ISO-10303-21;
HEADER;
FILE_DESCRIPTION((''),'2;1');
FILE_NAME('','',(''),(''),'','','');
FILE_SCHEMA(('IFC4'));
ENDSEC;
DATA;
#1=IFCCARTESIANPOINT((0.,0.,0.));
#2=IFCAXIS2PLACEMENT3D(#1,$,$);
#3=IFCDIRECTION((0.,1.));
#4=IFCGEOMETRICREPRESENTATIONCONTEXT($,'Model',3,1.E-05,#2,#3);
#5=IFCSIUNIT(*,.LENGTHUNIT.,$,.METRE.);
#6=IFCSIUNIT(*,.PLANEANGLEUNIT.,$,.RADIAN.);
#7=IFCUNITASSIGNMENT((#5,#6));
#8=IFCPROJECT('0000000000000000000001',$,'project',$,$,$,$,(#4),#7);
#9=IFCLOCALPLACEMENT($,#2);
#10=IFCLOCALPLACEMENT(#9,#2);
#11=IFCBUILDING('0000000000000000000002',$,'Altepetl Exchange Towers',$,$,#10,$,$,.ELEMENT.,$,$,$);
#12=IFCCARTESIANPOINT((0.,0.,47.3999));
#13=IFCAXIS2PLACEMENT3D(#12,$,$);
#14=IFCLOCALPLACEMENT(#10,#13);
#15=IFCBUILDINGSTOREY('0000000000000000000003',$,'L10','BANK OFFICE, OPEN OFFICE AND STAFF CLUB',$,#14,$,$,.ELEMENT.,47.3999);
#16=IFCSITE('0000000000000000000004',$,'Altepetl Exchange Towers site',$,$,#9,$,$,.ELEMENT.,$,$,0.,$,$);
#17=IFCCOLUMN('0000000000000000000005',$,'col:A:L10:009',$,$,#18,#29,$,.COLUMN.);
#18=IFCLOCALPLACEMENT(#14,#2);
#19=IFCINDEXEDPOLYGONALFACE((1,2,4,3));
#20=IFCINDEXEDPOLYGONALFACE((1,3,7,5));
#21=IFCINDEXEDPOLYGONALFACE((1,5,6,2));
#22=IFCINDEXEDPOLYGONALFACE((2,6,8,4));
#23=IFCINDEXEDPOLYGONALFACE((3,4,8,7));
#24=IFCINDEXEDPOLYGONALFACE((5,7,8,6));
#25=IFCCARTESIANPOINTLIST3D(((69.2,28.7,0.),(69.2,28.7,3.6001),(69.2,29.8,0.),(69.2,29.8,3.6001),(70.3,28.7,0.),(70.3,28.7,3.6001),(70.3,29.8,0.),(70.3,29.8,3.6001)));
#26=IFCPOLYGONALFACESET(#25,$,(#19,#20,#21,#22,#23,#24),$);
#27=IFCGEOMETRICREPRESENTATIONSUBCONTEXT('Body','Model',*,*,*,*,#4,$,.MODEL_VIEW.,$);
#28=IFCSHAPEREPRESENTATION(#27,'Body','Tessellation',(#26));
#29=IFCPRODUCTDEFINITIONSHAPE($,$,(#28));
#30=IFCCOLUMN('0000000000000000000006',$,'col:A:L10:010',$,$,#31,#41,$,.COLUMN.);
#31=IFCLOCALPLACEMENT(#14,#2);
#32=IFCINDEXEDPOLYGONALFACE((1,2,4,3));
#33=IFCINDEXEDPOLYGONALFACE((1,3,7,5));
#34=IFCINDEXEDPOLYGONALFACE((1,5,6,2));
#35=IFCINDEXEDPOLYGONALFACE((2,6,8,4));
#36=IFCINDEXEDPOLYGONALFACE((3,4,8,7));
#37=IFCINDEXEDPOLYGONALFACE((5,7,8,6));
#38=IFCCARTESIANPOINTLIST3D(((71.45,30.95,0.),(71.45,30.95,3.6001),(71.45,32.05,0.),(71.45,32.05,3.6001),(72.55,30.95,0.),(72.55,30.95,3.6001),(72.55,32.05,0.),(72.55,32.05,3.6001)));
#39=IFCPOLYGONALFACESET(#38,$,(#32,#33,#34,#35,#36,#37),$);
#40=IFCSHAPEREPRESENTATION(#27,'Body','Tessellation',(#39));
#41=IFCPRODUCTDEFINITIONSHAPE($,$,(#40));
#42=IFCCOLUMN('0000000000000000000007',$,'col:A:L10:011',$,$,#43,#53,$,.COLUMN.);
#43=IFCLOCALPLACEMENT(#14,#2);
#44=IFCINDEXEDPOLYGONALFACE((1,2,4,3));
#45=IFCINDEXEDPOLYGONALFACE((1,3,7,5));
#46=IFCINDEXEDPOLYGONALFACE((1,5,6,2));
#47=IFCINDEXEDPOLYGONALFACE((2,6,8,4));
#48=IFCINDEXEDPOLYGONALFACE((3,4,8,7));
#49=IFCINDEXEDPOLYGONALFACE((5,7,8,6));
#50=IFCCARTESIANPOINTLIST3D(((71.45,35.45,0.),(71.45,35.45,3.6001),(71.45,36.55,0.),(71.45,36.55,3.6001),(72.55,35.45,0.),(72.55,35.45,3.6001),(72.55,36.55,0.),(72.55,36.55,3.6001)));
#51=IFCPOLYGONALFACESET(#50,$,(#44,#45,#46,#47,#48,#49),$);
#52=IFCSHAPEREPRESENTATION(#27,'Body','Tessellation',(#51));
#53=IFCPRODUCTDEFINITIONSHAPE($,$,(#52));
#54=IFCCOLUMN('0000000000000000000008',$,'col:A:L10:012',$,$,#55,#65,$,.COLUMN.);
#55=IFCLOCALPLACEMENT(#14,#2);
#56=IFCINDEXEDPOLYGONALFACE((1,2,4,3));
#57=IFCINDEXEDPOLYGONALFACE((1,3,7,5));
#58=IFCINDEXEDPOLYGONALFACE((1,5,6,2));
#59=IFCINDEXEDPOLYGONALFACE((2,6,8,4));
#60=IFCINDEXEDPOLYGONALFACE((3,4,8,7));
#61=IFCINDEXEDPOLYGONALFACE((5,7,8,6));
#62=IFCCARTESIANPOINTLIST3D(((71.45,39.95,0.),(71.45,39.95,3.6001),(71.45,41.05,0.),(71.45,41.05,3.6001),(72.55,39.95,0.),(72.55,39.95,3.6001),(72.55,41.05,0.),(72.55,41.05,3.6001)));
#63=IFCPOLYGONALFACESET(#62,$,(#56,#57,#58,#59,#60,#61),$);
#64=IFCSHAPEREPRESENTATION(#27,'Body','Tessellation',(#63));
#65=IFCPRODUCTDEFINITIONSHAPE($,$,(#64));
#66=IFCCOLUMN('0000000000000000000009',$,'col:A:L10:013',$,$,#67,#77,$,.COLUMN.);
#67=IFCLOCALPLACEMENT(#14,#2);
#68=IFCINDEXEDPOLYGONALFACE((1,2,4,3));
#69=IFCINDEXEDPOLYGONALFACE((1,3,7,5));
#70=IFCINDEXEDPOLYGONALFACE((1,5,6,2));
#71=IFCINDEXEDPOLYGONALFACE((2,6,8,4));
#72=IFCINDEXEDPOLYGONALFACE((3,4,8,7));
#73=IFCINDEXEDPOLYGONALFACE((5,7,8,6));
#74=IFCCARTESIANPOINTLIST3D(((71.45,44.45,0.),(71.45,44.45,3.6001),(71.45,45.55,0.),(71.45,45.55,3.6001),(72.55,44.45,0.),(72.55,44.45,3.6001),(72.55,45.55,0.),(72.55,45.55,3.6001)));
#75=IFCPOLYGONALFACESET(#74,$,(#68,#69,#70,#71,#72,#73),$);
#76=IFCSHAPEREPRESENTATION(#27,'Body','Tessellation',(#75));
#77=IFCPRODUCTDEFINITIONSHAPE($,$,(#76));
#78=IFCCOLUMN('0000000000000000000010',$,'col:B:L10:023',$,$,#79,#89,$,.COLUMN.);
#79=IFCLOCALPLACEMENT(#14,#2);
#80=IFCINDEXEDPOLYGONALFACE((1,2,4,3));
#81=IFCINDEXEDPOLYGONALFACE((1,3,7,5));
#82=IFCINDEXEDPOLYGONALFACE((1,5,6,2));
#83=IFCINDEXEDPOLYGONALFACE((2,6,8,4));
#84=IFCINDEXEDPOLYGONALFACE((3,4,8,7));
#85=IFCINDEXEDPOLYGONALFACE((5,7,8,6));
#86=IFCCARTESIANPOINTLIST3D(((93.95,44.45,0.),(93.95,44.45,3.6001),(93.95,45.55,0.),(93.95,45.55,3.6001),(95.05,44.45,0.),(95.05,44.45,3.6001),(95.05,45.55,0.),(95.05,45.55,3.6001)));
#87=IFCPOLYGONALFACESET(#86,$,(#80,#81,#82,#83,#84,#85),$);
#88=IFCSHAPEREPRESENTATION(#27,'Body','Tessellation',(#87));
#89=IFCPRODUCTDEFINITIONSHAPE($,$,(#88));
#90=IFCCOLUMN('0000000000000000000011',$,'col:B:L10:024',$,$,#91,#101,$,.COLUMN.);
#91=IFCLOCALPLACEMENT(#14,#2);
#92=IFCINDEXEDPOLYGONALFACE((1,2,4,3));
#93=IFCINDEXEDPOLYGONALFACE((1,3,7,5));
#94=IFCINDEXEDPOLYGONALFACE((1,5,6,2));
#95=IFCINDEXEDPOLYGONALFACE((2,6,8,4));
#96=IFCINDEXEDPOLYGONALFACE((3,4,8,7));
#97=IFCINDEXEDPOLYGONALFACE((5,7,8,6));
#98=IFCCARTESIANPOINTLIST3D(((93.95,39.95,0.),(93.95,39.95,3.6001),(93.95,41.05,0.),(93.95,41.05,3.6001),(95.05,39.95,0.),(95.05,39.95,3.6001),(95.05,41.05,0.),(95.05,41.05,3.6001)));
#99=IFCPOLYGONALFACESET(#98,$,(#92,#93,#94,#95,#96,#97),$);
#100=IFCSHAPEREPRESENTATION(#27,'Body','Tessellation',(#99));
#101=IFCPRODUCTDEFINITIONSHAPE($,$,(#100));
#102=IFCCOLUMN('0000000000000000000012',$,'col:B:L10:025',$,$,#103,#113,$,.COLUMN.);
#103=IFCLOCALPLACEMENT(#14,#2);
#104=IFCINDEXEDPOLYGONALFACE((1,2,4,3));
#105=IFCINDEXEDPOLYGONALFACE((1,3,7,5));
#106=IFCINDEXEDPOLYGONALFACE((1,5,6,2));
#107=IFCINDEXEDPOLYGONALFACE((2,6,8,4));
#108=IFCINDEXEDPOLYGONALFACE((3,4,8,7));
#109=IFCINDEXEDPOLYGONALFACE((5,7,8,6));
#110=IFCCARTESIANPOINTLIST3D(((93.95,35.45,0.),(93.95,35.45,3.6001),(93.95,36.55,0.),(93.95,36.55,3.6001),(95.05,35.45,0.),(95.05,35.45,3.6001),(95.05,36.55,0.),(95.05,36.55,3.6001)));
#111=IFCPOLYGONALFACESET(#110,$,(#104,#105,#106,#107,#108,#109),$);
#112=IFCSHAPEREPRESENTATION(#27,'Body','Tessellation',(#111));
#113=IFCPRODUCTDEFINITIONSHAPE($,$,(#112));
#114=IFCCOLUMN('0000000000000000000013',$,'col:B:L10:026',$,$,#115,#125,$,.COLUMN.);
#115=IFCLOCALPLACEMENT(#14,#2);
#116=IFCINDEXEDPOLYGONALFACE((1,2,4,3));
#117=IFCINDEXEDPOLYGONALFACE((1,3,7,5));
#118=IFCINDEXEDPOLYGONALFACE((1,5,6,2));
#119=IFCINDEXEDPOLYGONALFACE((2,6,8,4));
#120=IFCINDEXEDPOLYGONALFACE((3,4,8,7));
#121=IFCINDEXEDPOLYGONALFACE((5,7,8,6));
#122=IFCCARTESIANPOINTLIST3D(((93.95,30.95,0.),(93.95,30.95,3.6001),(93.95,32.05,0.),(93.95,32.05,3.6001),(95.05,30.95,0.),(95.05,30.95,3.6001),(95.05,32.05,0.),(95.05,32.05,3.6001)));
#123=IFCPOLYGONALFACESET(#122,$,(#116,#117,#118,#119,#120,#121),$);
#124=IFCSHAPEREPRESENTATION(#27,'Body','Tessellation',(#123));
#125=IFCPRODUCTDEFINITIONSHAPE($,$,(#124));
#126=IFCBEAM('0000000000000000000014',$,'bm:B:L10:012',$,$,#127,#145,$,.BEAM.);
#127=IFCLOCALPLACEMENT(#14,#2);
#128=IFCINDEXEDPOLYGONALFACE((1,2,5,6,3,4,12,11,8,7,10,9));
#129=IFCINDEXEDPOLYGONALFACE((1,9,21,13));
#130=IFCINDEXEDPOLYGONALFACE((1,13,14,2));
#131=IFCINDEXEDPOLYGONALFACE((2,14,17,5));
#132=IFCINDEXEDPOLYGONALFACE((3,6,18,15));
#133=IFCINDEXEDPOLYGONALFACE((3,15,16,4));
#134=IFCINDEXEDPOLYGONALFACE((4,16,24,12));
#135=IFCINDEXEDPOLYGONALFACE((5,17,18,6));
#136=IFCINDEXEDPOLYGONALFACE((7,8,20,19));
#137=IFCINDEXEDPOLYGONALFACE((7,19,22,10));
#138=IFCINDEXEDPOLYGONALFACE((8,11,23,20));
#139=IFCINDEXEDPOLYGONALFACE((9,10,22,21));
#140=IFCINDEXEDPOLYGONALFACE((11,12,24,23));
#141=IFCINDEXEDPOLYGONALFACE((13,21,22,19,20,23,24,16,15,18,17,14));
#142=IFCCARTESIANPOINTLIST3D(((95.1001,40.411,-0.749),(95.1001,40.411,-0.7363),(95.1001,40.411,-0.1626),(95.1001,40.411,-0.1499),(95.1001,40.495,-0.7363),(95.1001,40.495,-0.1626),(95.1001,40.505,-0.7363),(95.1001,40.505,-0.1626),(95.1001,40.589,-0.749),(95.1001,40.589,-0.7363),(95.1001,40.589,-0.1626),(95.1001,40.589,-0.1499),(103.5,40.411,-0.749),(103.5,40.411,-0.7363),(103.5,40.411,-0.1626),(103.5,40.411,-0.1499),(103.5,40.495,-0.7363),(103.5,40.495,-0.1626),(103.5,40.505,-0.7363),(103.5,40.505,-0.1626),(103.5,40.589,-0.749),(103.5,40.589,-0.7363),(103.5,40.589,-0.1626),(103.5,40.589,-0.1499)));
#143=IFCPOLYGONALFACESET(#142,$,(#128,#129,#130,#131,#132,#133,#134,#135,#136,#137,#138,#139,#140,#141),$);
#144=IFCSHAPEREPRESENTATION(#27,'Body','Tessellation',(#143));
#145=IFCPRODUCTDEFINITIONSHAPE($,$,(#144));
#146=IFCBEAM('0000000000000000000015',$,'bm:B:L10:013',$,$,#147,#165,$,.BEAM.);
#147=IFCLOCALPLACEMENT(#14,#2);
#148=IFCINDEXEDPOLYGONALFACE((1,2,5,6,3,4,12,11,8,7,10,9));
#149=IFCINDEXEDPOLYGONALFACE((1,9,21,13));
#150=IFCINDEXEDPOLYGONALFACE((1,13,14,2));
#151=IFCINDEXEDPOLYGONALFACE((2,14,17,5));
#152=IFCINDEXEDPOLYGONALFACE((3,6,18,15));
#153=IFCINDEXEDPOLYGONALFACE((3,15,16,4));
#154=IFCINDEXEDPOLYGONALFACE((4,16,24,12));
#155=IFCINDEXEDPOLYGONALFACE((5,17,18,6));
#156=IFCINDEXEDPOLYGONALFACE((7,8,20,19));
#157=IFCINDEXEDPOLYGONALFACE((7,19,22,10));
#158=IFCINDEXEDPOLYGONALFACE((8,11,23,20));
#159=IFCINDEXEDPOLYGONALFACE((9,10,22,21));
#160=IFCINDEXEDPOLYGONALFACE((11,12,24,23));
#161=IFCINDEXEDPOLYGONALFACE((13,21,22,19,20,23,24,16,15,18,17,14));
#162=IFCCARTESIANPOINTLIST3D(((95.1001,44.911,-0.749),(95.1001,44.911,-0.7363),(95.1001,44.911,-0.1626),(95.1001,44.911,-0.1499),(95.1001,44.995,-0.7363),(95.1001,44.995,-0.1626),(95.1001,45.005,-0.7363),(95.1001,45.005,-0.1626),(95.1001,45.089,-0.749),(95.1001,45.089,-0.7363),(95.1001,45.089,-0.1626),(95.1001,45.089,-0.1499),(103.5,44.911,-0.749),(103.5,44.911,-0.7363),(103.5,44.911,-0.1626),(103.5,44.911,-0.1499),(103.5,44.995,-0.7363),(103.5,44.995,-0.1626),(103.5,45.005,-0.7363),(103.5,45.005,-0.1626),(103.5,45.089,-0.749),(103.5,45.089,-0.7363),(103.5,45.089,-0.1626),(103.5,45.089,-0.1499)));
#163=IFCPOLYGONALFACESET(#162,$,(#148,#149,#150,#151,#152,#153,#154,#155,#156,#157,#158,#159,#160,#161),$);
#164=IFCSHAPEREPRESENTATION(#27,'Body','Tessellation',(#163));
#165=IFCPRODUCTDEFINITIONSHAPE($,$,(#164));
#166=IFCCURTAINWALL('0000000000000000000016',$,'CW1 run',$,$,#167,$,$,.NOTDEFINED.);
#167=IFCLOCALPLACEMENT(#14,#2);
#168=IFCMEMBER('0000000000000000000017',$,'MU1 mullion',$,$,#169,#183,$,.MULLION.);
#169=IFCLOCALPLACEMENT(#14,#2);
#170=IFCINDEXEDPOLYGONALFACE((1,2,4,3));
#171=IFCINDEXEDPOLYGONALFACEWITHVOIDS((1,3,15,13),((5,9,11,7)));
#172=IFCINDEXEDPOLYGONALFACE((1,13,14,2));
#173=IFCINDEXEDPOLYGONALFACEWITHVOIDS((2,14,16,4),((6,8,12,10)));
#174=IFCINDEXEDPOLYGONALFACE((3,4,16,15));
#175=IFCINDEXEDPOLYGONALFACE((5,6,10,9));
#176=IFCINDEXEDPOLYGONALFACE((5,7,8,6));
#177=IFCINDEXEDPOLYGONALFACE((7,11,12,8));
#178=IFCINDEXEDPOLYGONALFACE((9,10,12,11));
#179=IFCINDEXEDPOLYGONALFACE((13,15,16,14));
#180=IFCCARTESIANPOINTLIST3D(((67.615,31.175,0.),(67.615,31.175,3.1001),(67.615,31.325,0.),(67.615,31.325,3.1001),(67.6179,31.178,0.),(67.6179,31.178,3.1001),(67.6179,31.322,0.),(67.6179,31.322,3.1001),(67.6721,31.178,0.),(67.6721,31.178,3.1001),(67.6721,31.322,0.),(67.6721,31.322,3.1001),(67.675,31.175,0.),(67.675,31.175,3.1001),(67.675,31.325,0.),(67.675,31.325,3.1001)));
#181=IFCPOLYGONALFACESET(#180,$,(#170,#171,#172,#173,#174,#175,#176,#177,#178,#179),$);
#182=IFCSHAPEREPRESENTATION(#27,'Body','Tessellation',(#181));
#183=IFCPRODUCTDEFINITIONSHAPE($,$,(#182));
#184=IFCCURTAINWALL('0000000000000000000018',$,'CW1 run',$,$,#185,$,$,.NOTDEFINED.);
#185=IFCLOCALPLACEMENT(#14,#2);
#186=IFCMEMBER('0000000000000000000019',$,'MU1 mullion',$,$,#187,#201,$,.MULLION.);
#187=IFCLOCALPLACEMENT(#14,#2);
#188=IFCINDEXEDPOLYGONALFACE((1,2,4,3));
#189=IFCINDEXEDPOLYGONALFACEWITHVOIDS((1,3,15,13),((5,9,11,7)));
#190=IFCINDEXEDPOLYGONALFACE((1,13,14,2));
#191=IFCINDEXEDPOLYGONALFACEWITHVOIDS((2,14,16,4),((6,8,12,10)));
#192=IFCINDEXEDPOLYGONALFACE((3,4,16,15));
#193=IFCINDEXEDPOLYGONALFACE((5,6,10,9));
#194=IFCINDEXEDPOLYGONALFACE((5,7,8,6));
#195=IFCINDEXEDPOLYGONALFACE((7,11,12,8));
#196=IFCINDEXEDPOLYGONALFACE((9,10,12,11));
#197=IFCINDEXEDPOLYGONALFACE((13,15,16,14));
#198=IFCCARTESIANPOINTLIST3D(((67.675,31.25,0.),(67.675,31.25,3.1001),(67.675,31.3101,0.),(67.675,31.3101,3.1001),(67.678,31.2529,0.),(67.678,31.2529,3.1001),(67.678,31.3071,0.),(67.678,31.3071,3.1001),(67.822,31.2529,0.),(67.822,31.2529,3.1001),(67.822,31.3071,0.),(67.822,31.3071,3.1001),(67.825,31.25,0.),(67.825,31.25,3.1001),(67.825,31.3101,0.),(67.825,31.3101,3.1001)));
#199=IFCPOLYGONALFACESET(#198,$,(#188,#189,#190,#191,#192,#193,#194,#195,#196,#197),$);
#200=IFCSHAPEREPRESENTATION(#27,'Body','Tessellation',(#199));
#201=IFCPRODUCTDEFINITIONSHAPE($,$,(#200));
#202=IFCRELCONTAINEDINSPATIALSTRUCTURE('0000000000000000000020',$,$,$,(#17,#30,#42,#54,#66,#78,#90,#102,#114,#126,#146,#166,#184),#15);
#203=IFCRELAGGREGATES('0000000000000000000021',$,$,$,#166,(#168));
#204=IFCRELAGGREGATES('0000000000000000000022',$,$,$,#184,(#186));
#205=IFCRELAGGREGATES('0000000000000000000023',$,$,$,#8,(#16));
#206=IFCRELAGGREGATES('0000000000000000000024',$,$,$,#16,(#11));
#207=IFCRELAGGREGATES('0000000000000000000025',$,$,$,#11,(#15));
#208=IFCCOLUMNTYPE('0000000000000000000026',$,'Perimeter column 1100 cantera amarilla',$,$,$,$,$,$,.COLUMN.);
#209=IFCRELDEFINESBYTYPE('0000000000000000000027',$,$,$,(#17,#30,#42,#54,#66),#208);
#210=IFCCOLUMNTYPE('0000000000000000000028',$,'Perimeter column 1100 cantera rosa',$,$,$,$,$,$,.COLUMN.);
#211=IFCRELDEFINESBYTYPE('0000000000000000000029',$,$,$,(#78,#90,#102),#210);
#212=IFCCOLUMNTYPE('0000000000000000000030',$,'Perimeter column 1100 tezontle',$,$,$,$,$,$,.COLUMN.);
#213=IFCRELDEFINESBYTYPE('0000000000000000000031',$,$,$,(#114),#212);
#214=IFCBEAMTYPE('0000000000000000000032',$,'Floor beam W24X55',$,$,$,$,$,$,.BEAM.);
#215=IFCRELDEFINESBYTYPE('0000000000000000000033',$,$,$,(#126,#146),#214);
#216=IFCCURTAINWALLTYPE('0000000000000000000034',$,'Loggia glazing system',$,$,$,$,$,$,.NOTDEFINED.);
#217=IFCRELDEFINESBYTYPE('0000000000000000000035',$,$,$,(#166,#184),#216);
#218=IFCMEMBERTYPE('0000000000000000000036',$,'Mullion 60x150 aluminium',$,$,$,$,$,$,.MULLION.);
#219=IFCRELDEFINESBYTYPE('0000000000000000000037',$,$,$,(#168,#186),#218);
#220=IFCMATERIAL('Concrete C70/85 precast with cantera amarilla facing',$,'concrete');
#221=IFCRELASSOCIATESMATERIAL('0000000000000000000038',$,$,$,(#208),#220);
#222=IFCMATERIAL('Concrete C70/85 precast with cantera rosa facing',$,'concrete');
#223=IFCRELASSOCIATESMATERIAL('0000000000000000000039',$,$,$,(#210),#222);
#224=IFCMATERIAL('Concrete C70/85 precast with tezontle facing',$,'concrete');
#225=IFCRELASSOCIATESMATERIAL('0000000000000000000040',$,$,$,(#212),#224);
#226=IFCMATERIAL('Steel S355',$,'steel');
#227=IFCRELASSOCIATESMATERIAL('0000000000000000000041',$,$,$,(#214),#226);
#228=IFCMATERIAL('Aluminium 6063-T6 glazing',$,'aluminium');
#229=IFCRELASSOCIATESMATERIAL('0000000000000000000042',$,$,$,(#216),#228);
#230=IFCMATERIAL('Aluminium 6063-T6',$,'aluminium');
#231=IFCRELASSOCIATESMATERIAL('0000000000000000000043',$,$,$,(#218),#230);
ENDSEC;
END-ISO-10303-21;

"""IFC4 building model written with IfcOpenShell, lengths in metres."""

from ifc_helpers import new_model, si_unit, direction, frame, origin, origin_2d, place, context, subcontext, project, spatial, rectangle, hollow_rectangle, i_section, extrude, material, material_profile, profile_set, type_object, element, aggregate, save


model = new_model("IFC4")

# Units and contexts
model_context = context("Model", 3, precision=1e-05, world=origin(), true_north=direction((0.0, 1.0)))
body_context = subcontext(model_context, "Body", "Model", "MODEL_VIEW")
ifc_project = project(units=[si_unit("LENGTHUNIT", "METRE"), si_unit("PLANEANGLEUNIT", "RADIAN")], contexts=[model_context])

# Site, building, storey
site_placement = place(None, origin())
site = spatial("IfcSite", under=ifc_project, at=site_placement, Name="Altepetl Exchange Towers site", CompositionType="ELEMENT", RefElevation=0.0)
building_placement = place(site_placement, origin())
building = spatial("IfcBuilding", under=site, at=building_placement, Name="Altepetl Exchange Towers", CompositionType="ELEMENT")
storey_placement = place(building_placement, frame((0.0, 0.0, 47.3999)))
storey = spatial("IfcBuildingStorey", under=building, at=storey_placement, Name="L10", Description="BANK OFFICE, OPEN OFFICE AND STAFF CLUB", CompositionType="ELEMENT", Elevation=47.3999)

# Columns
ifc_material_1 = material(Name="Concrete C70/85 precast with cantera amarilla facing", Category="concrete")
ifc_material_profile_1 = material_profile(ifc_material_1, rectangle(XDim=1.1001, YDim=1.1001, at=origin_2d()), Name="1100 x 1100")
ifc_profile_set_1 = profile_set([ifc_material_profile_1], Name="Concrete C70/85 precast with cantera amarilla facing")
column_type_1 = type_object("IfcColumnType", Name="Perimeter column 1100 cantera amarilla", PredefinedType="COLUMN", material=ifc_profile_set_1)
for number, where, name in (
    (1, (69.75, 29.25, 0.0), "col:A:L10:009"),
    (2, (72.0, 31.5, 0.0), "col:A:L10:010"),
    (3, (72.0, 36.0, 0.0), "col:A:L10:011"),
    (4, (72.0, 40.5, 0.0), "col:A:L10:012"),
    (5, (72.0, 45.0, 0.0), "col:A:L10:013"),
):
    element("IfcColumn", number, at=place(storey_placement, frame(where)), inside=storey, type_object=column_type_1, Name=name, PredefinedType="COLUMN", context=body_context, shape_type="SweptSolid", body=[
        extrude(rectangle(XDim=1.1001, YDim=1.1001, at=origin_2d()), origin(), (0.0, 0.0, 1.0), 3.6001),
    ])
ifc_material_2 = material(Name="Concrete C70/85 precast with cantera rosa facing", Category="concrete")
ifc_material_profile_2 = material_profile(ifc_material_2, rectangle(XDim=1.1001, YDim=1.1001, at=origin_2d()), Name="1100 x 1100")
ifc_profile_set_2 = profile_set([ifc_material_profile_2], Name="Concrete C70/85 precast with cantera rosa facing")
column_type_2 = type_object("IfcColumnType", Name="Perimeter column 1100 cantera rosa", PredefinedType="COLUMN", material=ifc_profile_set_2)
for number, where, name in (
    (6, (94.5, 45.0, 0.0), "col:B:L10:023"),
    (7, (94.5, 40.5, 0.0), "col:B:L10:024"),
    (8, (94.5, 36.0, 0.0), "col:B:L10:025"),
):
    element("IfcColumn", number, at=place(storey_placement, frame(where)), inside=storey, type_object=column_type_2, Name=name, PredefinedType="COLUMN", context=body_context, shape_type="SweptSolid", body=[
        extrude(rectangle(XDim=1.1001, YDim=1.1001, at=origin_2d()), origin(), (0.0, 0.0, 1.0), 3.6001),
    ])
ifc_material_3 = material(Name="Concrete C70/85 precast with tezontle facing", Category="concrete")
ifc_material_profile_3 = material_profile(ifc_material_3, rectangle(XDim=1.1001, YDim=1.1001, at=origin_2d()), Name="1100 x 1100")
ifc_profile_set_3 = profile_set([ifc_material_profile_3], Name="Concrete C70/85 precast with tezontle facing")
column_type_3 = type_object("IfcColumnType", Name="Perimeter column 1100 tezontle", PredefinedType="COLUMN", material=ifc_profile_set_3)
column_placement = place(storey_placement, frame((94.5, 31.5, 0.0)))
element("IfcColumn", 9, at=column_placement, inside=storey, type_object=column_type_3, Name="col:B:L10:026", PredefinedType="COLUMN", context=body_context, shape_type="SweptSolid", body=[
    extrude(rectangle(XDim=1.1001, YDim=1.1001, at=origin_2d()), origin(), (0.0, 0.0, 1.0), 3.6001),
])

# Beams
ifc_material_4 = material(Name="Steel S355", Category="steel")
ifc_material_profile_4 = material_profile(ifc_material_4, i_section(OverallWidth=0.178, OverallDepth=0.5991, WebThickness=0.01, FlangeThickness=0.0127, at=origin_2d()), Name="W24X55")
ifc_profile_set_4 = profile_set([ifc_material_profile_4], Name="Steel S355")
beam_type_1 = type_object("IfcBeamType", Name="Floor beam W24X55", PredefinedType="BEAM", material=ifc_profile_set_4)
for number, where, z_axis, x_axis, name in (
    (10, (95.1001, 40.5, -0.4495), (1.0, 0.0, 0.0), (0.0, 1.0, 0.0), "bm:B:L10:012"),
    (11, (95.1001, 45.0, -0.4495), (1.0, 0.0, 0.0), (0.0, 1.0, 0.0), "bm:B:L10:013"),
):
    element("IfcBeam", number, at=place(storey_placement, frame(where, z_axis=z_axis, x_axis=x_axis)), inside=storey, type_object=beam_type_1, Name=name, PredefinedType="BEAM", context=body_context, shape_type="SweptSolid", body=[
        extrude(i_section(OverallWidth=0.178, OverallDepth=0.5991, WebThickness=0.01, FlangeThickness=0.0127, at=origin_2d()), origin(), (0.0, 0.0, 1.0), 8.3999),
    ])

# Curtain wall, member
ifc_material_5 = material(Name="Aluminium 6063-T6 glazing", Category="aluminium")
curtain_wall_type = type_object("IfcCurtainWallType", Name="Loggia glazing system", PredefinedType="NOTDEFINED", material=ifc_material_5)
curtain_wall_1_placement = place(storey_placement, origin())
curtain_wall_1 = element("IfcCurtainWall", 12, at=curtain_wall_1_placement, inside=storey, type_object=curtain_wall_type, Name="CW1 run", PredefinedType="NOTDEFINED")
ifc_material_6 = material(Name="Aluminium 6063-T6", Category="aluminium")
ifc_material_profile_5 = material_profile(ifc_material_6, hollow_rectangle(XDim=0.0601, YDim=0.1499, WallThickness=0.0029, at=origin_2d()), Name="Mullion 60x150 aluminium")
ifc_profile_set_5 = profile_set([ifc_material_profile_5], Name="Aluminium 6063-T6")
member_type = type_object("IfcMemberType", Name="Mullion 60x150 aluminium", PredefinedType="MULLION", material=ifc_profile_set_5)
member_1_placement = place(storey_placement, frame((67.645, 31.25, 0.0)))
member_1 = element("IfcMember", 13, at=member_1_placement, type_object=member_type, Name="MU1 mullion", PredefinedType="MULLION", context=body_context, shape_type="SweptSolid", body=[
    extrude(hollow_rectangle(XDim=0.0601, YDim=0.1499, WallThickness=0.0029, at=origin_2d()), origin(), (0.0, 0.0, 1.0), 3.1001),
])
aggregate(curtain_wall_1, [member_1])

# Curtain wall, member
curtain_wall_2_placement = place(storey_placement, origin())
curtain_wall_2 = element("IfcCurtainWall", 14, at=curtain_wall_2_placement, inside=storey, type_object=curtain_wall_type, Name="CW1 run", PredefinedType="NOTDEFINED")
member_2_placement = place(storey_placement, frame((67.75, 31.28, 0.0), z_axis=(0.0, 0.0, 1.0), x_axis=(0.0, 1.0, 0.0)))
member_2 = element("IfcMember", 15, at=member_2_placement, type_object=member_type, Name="MU1 mullion", PredefinedType="MULLION", context=body_context, shape_type="SweptSolid", body=[
    extrude(hollow_rectangle(XDim=0.0601, YDim=0.1499, WallThickness=0.0029, at=origin_2d()), origin(), (0.0, 0.0, 1.0), 3.1001),
])

aggregate(curtain_wall_2, [member_2])

save(model, "model.ifc")
